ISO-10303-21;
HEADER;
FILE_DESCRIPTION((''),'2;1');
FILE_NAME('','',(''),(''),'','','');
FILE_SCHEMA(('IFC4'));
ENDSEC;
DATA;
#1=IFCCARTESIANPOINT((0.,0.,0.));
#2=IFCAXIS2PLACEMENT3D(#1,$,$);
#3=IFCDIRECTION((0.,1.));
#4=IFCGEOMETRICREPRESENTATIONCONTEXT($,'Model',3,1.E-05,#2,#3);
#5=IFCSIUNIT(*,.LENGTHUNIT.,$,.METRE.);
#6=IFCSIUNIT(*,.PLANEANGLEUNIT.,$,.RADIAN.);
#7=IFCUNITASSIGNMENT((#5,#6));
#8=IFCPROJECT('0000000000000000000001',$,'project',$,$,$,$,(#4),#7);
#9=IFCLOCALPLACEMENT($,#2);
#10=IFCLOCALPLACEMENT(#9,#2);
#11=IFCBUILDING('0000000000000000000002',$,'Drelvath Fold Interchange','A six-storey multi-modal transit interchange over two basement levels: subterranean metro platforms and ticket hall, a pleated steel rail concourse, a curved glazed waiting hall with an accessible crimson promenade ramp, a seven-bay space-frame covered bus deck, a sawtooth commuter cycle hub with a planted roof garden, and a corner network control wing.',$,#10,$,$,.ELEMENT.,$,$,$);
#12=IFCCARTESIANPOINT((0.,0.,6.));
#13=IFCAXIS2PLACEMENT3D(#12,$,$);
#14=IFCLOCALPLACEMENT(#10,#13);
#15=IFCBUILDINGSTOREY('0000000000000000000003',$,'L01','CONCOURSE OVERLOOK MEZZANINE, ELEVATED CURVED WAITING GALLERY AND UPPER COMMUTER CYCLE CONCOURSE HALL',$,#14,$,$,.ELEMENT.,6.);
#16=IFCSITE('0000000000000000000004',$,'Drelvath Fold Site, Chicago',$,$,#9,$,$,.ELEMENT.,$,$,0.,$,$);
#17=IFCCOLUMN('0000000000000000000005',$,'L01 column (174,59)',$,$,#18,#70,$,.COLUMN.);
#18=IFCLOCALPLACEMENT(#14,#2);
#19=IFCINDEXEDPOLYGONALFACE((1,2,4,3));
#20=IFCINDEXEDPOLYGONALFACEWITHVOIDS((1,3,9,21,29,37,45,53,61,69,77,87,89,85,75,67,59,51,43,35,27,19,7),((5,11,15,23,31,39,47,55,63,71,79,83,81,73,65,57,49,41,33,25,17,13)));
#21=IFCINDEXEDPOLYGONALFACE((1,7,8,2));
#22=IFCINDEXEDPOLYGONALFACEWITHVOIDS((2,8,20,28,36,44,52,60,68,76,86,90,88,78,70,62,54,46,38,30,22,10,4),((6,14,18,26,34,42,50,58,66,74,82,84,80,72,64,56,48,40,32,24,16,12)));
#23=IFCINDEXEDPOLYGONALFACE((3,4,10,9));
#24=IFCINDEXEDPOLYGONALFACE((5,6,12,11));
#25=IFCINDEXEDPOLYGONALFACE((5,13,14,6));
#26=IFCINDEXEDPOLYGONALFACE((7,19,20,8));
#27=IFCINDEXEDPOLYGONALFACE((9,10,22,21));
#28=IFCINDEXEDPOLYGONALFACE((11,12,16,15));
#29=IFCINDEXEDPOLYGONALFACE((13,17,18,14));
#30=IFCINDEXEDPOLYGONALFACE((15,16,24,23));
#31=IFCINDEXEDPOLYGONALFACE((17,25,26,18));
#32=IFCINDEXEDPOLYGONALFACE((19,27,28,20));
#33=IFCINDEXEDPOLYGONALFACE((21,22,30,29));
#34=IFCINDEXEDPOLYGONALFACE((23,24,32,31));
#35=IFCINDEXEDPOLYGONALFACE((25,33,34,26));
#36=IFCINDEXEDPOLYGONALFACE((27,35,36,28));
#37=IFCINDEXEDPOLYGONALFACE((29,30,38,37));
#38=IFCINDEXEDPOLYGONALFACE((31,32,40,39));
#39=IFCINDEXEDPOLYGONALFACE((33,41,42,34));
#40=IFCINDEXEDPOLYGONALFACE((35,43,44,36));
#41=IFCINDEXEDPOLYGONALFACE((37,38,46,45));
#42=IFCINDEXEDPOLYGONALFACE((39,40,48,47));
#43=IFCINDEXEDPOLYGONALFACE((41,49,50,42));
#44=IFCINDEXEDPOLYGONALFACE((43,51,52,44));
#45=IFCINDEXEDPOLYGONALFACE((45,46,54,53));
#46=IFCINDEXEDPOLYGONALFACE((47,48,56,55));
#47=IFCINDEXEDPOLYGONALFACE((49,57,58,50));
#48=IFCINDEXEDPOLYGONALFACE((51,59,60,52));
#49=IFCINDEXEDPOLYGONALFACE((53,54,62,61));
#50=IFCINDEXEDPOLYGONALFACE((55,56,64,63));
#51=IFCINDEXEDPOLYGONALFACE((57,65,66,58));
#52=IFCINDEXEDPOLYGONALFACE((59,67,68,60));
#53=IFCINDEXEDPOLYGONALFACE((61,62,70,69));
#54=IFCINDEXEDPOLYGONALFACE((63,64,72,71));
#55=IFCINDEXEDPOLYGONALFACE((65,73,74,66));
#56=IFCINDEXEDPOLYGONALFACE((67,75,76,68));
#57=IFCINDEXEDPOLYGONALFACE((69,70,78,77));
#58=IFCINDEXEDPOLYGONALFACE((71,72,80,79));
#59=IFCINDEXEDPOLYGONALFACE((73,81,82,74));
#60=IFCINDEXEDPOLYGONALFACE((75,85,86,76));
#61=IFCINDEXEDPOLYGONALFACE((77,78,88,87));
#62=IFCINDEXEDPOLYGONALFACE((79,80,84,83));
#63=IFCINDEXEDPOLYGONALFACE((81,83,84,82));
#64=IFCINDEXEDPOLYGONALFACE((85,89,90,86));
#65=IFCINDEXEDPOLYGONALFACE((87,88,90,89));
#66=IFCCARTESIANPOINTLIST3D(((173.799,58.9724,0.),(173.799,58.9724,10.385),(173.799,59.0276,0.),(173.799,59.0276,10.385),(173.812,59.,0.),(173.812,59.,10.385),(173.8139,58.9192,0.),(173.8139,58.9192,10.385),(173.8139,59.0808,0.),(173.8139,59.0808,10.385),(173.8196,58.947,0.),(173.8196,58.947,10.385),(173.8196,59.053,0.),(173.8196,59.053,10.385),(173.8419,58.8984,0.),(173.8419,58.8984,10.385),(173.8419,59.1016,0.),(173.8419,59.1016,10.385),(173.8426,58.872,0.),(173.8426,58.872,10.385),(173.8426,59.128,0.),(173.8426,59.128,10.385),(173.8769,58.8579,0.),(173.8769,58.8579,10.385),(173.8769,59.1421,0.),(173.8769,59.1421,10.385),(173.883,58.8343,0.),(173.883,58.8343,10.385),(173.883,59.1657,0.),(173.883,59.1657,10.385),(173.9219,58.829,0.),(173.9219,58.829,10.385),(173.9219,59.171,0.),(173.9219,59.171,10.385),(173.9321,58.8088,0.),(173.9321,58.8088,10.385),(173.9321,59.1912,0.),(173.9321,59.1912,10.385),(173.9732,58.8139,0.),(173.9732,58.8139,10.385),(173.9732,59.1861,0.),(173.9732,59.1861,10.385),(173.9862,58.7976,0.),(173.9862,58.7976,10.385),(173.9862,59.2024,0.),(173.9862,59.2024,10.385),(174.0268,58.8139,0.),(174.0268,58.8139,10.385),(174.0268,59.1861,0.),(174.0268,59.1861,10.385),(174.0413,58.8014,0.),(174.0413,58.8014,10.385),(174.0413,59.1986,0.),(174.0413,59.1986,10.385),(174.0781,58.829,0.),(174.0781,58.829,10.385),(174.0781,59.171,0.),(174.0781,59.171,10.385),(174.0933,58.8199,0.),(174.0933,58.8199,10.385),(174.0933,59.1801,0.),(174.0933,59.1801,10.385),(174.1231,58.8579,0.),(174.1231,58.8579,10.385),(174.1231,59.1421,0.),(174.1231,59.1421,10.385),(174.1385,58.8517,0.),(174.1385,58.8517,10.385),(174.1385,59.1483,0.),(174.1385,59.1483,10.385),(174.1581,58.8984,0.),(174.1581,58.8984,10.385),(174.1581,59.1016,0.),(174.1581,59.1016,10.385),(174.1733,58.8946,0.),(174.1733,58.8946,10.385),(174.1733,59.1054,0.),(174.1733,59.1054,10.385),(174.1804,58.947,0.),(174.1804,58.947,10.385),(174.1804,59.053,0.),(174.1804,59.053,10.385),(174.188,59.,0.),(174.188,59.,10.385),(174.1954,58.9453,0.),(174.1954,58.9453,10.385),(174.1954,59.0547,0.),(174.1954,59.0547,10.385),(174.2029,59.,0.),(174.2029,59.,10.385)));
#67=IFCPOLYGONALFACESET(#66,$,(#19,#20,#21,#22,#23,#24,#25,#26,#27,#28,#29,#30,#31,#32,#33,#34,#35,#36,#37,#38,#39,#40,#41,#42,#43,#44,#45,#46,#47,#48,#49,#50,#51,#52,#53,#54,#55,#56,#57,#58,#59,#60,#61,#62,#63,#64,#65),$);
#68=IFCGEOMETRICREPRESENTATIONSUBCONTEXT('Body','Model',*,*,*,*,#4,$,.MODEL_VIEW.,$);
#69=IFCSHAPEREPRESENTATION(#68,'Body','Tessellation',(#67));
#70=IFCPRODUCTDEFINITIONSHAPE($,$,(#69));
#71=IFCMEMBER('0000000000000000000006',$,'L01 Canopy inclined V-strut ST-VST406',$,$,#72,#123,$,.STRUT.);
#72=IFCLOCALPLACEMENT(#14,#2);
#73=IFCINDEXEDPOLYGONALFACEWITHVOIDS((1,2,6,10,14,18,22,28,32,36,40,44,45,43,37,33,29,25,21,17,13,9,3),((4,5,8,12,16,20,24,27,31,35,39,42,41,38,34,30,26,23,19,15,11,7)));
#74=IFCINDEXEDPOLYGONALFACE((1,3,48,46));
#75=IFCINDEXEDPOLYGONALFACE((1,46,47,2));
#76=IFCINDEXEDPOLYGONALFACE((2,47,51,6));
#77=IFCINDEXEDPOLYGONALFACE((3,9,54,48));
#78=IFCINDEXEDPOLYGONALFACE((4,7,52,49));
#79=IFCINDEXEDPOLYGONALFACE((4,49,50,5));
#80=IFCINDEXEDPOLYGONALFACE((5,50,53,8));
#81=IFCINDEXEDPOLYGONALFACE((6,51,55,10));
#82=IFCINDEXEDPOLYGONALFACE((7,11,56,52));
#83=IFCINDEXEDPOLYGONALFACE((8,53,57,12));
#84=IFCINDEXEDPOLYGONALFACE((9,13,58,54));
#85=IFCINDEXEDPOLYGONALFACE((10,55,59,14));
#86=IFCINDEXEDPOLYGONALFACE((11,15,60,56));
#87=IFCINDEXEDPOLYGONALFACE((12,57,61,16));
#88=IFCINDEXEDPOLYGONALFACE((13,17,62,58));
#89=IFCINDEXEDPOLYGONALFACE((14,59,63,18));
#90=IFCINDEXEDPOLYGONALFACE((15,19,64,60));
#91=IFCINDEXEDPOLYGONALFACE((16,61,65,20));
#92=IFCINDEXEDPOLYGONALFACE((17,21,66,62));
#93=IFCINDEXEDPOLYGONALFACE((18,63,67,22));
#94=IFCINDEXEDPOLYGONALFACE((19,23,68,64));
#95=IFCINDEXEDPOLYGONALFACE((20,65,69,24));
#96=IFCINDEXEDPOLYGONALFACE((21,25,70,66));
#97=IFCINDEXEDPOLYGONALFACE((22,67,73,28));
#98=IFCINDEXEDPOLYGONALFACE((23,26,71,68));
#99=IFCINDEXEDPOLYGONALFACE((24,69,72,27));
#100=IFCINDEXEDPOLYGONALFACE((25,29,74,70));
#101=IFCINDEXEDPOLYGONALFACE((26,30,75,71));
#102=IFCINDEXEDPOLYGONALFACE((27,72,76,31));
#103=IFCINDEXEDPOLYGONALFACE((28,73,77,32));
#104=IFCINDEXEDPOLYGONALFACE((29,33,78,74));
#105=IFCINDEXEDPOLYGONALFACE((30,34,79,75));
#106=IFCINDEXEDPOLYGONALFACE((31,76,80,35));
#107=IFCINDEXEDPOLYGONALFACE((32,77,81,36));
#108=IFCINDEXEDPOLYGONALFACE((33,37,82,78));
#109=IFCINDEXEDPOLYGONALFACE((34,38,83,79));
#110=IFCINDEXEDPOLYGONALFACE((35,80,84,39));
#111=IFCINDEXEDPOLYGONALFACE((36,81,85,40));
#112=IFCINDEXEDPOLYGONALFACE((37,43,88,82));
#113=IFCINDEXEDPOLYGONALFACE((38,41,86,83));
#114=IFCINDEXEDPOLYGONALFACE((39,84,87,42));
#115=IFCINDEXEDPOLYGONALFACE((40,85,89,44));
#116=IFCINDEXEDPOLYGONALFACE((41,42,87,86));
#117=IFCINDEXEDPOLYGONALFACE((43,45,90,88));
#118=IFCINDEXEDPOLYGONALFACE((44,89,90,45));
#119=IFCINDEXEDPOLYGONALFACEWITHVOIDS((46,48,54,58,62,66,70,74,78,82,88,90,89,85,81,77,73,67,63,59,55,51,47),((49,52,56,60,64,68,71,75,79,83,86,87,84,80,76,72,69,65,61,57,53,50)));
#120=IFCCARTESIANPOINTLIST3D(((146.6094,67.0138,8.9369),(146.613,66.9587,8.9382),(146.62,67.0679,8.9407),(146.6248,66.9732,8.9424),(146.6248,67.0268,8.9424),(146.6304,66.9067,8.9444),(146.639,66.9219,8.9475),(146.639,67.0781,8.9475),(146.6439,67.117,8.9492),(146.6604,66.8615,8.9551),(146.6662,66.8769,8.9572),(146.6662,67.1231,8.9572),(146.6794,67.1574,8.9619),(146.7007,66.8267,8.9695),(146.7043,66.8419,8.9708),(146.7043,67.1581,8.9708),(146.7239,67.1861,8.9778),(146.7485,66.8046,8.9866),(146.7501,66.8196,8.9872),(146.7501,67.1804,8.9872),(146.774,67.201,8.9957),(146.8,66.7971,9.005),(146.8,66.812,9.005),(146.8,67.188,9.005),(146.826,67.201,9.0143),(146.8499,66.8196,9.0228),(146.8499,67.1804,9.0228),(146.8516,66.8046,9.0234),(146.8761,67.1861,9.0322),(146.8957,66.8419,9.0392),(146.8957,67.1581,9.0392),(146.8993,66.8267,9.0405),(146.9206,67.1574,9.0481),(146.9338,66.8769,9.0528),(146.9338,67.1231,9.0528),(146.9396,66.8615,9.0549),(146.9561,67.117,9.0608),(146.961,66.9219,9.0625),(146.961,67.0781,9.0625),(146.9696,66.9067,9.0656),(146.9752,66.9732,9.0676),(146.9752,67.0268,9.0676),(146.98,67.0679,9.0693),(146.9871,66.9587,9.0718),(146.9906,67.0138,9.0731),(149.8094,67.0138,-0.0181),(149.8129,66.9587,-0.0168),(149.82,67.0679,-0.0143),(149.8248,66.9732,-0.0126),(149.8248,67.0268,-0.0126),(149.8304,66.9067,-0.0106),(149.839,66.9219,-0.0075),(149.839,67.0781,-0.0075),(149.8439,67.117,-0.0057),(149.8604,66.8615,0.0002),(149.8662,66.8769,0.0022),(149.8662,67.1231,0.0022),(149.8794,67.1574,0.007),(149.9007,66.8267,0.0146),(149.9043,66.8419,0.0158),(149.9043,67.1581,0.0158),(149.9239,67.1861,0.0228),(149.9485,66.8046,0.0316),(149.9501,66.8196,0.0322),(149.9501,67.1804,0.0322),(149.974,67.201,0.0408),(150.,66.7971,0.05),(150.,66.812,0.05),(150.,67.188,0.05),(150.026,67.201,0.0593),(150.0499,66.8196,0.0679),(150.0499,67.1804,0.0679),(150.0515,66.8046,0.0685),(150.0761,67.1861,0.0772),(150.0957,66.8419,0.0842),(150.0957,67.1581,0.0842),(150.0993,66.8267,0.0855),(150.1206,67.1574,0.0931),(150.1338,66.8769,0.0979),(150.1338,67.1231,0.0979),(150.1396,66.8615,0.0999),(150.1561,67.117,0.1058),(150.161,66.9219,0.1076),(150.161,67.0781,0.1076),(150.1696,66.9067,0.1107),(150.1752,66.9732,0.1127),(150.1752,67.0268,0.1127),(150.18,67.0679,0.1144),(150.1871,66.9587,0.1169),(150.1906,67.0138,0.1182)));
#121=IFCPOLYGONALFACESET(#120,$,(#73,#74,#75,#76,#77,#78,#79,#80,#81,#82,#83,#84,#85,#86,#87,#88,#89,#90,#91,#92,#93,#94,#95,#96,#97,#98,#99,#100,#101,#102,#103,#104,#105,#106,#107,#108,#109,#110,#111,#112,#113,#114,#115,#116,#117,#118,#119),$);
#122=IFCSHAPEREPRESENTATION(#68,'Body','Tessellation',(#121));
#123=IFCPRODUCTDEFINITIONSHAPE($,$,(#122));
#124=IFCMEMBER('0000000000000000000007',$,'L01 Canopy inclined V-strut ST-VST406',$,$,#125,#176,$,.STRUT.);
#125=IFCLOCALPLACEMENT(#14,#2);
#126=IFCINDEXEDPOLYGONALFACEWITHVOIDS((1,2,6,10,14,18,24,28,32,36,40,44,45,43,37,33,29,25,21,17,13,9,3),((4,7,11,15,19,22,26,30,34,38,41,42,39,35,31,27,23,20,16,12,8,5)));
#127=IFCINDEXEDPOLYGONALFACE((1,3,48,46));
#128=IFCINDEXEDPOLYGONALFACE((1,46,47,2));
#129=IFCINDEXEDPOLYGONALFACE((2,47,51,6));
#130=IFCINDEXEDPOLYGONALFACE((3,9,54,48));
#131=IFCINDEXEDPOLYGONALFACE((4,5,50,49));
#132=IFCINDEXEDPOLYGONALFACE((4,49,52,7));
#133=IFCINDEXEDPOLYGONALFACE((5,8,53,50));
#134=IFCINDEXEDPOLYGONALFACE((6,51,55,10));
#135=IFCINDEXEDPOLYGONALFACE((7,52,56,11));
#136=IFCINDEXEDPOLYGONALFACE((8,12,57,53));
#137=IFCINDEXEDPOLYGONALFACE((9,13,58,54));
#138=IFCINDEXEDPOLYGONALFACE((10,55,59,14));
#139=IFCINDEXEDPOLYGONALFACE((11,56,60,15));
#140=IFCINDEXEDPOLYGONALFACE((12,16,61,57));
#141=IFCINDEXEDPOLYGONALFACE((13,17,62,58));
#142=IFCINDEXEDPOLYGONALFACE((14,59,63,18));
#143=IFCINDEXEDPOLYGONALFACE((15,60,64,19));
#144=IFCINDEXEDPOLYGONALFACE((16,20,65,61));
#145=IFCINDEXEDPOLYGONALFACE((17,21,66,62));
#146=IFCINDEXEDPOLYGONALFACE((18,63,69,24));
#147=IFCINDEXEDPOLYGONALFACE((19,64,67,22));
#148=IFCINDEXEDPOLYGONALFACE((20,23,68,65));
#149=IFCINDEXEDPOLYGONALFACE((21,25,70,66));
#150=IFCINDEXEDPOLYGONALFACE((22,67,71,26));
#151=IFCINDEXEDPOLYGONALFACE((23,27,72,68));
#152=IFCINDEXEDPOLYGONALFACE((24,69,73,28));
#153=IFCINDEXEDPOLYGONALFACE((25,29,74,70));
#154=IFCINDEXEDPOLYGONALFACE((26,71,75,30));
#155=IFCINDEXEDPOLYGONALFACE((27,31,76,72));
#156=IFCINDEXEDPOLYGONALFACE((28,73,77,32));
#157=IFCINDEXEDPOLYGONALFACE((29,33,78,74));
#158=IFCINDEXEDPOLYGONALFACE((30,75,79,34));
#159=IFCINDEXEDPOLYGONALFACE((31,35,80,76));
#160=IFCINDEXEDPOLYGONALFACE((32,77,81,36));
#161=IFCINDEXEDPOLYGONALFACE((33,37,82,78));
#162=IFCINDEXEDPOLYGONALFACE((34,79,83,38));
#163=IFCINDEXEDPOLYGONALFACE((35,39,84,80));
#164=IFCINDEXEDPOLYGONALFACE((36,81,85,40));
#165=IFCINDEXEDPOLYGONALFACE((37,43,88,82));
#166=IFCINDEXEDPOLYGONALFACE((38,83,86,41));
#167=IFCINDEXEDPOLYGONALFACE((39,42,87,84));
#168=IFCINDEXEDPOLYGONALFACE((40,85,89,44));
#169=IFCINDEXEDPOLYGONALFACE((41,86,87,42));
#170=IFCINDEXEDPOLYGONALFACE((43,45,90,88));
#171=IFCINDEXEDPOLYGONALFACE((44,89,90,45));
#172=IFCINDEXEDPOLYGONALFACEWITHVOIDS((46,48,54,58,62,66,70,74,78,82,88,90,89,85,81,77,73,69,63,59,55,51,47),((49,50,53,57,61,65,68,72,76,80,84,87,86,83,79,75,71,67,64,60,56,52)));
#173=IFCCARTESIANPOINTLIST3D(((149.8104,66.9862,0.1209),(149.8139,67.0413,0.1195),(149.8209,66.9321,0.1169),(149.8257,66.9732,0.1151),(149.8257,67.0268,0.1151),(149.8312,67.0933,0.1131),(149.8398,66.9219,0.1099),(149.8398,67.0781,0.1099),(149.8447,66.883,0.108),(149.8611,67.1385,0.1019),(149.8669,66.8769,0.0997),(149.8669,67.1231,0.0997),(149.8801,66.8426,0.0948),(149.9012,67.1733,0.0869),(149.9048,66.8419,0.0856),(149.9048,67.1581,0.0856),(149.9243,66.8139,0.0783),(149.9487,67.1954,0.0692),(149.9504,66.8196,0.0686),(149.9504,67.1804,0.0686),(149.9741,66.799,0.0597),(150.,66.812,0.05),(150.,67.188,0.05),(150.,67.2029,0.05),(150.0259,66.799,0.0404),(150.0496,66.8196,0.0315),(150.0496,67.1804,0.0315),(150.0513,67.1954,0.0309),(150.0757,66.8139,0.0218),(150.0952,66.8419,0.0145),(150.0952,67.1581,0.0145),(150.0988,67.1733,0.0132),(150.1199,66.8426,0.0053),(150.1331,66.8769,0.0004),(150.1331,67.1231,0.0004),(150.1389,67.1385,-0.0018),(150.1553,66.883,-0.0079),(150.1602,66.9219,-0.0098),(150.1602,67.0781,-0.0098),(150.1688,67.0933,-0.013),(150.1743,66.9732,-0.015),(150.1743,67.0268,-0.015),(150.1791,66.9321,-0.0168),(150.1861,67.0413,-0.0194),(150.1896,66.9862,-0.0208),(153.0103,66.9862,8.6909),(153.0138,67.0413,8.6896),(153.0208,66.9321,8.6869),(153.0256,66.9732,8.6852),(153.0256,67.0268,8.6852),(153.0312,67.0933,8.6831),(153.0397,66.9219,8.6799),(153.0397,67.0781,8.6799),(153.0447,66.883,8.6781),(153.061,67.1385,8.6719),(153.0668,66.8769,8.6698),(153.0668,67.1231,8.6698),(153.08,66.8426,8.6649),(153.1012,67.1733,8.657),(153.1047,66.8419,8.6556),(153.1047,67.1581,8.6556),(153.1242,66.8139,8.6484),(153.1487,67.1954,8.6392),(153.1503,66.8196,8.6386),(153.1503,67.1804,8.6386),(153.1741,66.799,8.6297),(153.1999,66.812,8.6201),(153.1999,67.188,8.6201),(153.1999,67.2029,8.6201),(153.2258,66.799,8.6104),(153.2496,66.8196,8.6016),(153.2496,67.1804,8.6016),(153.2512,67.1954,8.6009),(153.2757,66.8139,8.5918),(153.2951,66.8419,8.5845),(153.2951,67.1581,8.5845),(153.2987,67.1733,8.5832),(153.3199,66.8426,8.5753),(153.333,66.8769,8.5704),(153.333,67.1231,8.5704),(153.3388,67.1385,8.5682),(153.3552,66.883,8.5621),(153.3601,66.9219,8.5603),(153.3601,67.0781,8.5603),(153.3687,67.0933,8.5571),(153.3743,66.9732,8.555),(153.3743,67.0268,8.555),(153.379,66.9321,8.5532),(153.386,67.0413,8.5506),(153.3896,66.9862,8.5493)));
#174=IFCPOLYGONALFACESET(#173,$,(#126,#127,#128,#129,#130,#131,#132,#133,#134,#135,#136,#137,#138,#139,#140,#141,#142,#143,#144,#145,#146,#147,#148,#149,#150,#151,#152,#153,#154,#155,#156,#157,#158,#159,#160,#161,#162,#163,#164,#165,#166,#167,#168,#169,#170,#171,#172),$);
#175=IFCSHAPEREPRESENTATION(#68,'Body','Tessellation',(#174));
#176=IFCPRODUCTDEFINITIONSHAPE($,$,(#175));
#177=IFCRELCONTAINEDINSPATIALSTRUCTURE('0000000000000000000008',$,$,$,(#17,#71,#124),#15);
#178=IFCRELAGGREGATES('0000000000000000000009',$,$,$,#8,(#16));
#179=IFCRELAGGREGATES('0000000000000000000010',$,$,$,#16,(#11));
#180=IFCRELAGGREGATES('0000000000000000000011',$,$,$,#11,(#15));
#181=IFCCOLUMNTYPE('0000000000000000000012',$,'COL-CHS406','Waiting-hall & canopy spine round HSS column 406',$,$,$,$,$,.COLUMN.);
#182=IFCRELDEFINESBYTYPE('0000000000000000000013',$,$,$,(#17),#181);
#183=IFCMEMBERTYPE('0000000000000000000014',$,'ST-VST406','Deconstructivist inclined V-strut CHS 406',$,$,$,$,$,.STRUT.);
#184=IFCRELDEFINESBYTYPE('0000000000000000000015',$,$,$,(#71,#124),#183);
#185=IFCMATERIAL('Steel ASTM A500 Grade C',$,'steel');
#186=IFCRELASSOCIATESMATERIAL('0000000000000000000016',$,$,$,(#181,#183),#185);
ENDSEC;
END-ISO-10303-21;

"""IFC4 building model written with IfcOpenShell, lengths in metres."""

from ifc_helpers import new_model, si_unit, direction, frame, origin, origin_2d, place, context, subcontext, project, spatial, hollow_circle, extrude, material, material_profile, profile_set, type_object, element, save


model = new_model("IFC4")

# Units and contexts
model_context = context("Model", 3, precision=1e-05, world=origin(), true_north=direction((0.0, 1.0)))
body_context = subcontext(model_context, "Body", "Model", "MODEL_VIEW")
ifc_project = project(units=[si_unit("LENGTHUNIT", "METRE"), si_unit("PLANEANGLEUNIT", "RADIAN")], contexts=[model_context])

# Site, building, storey
site_placement = place(None, origin())
site = spatial("IfcSite", under=ifc_project, at=site_placement, Name="Drelvath Fold Site, Chicago", CompositionType="ELEMENT", RefElevation=0.0)
building_placement = place(site_placement, origin())
building = spatial("IfcBuilding", under=site, at=building_placement, Name="Drelvath Fold Interchange", Description="A six-storey multi-modal transit interchange over two basement levels: subterranean metro platforms and ticket hall, a pleated steel rail concourse, a curved glazed waiting hall with an accessible crimson promenade ramp, a seven-bay space-frame covered bus deck, a sawtooth commuter cycle hub with a planted roof garden, and a corner network control wing.", CompositionType="ELEMENT")
storey_placement = place(building_placement, frame((0.0, 0.0, 6.0)))
storey = spatial("IfcBuildingStorey", under=building, at=storey_placement, Name="L01", Description="CONCOURSE OVERLOOK MEZZANINE, ELEVATED CURVED WAITING GALLERY AND UPPER COMMUTER CYCLE CONCOURSE HALL", CompositionType="ELEMENT", Elevation=6.0)

# Column
ifc_material_1 = material(Name="Steel ASTM A500 Grade C", Category="steel")
ifc_material_profile_1 = material_profile(ifc_material_1, hollow_circle(Radius=0.2029, WallThickness=0.0149, at=origin_2d()), Name="HSS16.000X0.625")
ifc_profile_set_1 = profile_set([ifc_material_profile_1], Name="Steel ASTM A500 Grade C")
column_type_1 = type_object("IfcColumnType", Name="COL-CHS406", Description="Waiting-hall & canopy spine round HSS column 406", PredefinedType="COLUMN", material=ifc_profile_set_1)
column_1_placement = place(storey_placement, frame((174.0, 59.0, 0.0), z_axis=(0.0, 0.0, 1.0), x_axis=(1.0, 0.0, 0.0)))
element("IfcColumn", 1, at=column_1_placement, inside=storey, type_object=column_type_1, Name="L01 column (174,59)", PredefinedType="COLUMN", context=body_context, shape_type="SweptSolid", body=[
    extrude(hollow_circle(Radius=0.2029, WallThickness=0.0149, at=origin_2d()), origin(), (0.0, 0.0, 1.0), 10.385),
])

# Members
ifc_material_profile_2 = material_profile(ifc_material_1, hollow_circle(Radius=0.2029, WallThickness=0.0149, at=origin_2d()), Name="HSS16.000X0.625")
ifc_profile_set_2 = profile_set([ifc_material_profile_2], Name="Steel ASTM A500 Grade C")
member_type = type_object("IfcMemberType", Name="ST-VST406", Description="Deconstructivist inclined V-strut CHS 406", PredefinedType="STRUT", material=ifc_profile_set_2)
member_1_placement = place(storey_placement, frame((150.0, 67.0, 0.05), z_axis=(-0.336504, 0.0, 0.941682), x_axis=(0.0, -1.0, 0.0)))
element("IfcMember", 2, at=member_1_placement, inside=storey, type_object=member_type, Name="L01 Canopy inclined V-strut ST-VST406", PredefinedType="STRUT", context=body_context, shape_type="SweptSolid", body=[
    extrude(hollow_circle(Radius=0.2029, WallThickness=0.0149, at=origin_2d()), origin(), (0.0, 0.0, 1.0), 9.5095),
])
member_2_placement = place(storey_placement, frame((150.0, 67.0, 0.05), z_axis=(0.349798, 0.0, 0.936825), x_axis=(0.0, 1.0, 0.0)))
element("IfcMember", 3, at=member_2_placement, inside=storey, type_object=member_type, Name="L01 Canopy inclined V-strut ST-VST406", PredefinedType="STRUT", context=body_context, shape_type="SweptSolid", body=[
    extrude(hollow_circle(Radius=0.2029, WallThickness=0.0149, at=origin_2d()), origin(), (0.0, 0.0, 1.0), 9.1479),
])

save(model, "model.ifc")
